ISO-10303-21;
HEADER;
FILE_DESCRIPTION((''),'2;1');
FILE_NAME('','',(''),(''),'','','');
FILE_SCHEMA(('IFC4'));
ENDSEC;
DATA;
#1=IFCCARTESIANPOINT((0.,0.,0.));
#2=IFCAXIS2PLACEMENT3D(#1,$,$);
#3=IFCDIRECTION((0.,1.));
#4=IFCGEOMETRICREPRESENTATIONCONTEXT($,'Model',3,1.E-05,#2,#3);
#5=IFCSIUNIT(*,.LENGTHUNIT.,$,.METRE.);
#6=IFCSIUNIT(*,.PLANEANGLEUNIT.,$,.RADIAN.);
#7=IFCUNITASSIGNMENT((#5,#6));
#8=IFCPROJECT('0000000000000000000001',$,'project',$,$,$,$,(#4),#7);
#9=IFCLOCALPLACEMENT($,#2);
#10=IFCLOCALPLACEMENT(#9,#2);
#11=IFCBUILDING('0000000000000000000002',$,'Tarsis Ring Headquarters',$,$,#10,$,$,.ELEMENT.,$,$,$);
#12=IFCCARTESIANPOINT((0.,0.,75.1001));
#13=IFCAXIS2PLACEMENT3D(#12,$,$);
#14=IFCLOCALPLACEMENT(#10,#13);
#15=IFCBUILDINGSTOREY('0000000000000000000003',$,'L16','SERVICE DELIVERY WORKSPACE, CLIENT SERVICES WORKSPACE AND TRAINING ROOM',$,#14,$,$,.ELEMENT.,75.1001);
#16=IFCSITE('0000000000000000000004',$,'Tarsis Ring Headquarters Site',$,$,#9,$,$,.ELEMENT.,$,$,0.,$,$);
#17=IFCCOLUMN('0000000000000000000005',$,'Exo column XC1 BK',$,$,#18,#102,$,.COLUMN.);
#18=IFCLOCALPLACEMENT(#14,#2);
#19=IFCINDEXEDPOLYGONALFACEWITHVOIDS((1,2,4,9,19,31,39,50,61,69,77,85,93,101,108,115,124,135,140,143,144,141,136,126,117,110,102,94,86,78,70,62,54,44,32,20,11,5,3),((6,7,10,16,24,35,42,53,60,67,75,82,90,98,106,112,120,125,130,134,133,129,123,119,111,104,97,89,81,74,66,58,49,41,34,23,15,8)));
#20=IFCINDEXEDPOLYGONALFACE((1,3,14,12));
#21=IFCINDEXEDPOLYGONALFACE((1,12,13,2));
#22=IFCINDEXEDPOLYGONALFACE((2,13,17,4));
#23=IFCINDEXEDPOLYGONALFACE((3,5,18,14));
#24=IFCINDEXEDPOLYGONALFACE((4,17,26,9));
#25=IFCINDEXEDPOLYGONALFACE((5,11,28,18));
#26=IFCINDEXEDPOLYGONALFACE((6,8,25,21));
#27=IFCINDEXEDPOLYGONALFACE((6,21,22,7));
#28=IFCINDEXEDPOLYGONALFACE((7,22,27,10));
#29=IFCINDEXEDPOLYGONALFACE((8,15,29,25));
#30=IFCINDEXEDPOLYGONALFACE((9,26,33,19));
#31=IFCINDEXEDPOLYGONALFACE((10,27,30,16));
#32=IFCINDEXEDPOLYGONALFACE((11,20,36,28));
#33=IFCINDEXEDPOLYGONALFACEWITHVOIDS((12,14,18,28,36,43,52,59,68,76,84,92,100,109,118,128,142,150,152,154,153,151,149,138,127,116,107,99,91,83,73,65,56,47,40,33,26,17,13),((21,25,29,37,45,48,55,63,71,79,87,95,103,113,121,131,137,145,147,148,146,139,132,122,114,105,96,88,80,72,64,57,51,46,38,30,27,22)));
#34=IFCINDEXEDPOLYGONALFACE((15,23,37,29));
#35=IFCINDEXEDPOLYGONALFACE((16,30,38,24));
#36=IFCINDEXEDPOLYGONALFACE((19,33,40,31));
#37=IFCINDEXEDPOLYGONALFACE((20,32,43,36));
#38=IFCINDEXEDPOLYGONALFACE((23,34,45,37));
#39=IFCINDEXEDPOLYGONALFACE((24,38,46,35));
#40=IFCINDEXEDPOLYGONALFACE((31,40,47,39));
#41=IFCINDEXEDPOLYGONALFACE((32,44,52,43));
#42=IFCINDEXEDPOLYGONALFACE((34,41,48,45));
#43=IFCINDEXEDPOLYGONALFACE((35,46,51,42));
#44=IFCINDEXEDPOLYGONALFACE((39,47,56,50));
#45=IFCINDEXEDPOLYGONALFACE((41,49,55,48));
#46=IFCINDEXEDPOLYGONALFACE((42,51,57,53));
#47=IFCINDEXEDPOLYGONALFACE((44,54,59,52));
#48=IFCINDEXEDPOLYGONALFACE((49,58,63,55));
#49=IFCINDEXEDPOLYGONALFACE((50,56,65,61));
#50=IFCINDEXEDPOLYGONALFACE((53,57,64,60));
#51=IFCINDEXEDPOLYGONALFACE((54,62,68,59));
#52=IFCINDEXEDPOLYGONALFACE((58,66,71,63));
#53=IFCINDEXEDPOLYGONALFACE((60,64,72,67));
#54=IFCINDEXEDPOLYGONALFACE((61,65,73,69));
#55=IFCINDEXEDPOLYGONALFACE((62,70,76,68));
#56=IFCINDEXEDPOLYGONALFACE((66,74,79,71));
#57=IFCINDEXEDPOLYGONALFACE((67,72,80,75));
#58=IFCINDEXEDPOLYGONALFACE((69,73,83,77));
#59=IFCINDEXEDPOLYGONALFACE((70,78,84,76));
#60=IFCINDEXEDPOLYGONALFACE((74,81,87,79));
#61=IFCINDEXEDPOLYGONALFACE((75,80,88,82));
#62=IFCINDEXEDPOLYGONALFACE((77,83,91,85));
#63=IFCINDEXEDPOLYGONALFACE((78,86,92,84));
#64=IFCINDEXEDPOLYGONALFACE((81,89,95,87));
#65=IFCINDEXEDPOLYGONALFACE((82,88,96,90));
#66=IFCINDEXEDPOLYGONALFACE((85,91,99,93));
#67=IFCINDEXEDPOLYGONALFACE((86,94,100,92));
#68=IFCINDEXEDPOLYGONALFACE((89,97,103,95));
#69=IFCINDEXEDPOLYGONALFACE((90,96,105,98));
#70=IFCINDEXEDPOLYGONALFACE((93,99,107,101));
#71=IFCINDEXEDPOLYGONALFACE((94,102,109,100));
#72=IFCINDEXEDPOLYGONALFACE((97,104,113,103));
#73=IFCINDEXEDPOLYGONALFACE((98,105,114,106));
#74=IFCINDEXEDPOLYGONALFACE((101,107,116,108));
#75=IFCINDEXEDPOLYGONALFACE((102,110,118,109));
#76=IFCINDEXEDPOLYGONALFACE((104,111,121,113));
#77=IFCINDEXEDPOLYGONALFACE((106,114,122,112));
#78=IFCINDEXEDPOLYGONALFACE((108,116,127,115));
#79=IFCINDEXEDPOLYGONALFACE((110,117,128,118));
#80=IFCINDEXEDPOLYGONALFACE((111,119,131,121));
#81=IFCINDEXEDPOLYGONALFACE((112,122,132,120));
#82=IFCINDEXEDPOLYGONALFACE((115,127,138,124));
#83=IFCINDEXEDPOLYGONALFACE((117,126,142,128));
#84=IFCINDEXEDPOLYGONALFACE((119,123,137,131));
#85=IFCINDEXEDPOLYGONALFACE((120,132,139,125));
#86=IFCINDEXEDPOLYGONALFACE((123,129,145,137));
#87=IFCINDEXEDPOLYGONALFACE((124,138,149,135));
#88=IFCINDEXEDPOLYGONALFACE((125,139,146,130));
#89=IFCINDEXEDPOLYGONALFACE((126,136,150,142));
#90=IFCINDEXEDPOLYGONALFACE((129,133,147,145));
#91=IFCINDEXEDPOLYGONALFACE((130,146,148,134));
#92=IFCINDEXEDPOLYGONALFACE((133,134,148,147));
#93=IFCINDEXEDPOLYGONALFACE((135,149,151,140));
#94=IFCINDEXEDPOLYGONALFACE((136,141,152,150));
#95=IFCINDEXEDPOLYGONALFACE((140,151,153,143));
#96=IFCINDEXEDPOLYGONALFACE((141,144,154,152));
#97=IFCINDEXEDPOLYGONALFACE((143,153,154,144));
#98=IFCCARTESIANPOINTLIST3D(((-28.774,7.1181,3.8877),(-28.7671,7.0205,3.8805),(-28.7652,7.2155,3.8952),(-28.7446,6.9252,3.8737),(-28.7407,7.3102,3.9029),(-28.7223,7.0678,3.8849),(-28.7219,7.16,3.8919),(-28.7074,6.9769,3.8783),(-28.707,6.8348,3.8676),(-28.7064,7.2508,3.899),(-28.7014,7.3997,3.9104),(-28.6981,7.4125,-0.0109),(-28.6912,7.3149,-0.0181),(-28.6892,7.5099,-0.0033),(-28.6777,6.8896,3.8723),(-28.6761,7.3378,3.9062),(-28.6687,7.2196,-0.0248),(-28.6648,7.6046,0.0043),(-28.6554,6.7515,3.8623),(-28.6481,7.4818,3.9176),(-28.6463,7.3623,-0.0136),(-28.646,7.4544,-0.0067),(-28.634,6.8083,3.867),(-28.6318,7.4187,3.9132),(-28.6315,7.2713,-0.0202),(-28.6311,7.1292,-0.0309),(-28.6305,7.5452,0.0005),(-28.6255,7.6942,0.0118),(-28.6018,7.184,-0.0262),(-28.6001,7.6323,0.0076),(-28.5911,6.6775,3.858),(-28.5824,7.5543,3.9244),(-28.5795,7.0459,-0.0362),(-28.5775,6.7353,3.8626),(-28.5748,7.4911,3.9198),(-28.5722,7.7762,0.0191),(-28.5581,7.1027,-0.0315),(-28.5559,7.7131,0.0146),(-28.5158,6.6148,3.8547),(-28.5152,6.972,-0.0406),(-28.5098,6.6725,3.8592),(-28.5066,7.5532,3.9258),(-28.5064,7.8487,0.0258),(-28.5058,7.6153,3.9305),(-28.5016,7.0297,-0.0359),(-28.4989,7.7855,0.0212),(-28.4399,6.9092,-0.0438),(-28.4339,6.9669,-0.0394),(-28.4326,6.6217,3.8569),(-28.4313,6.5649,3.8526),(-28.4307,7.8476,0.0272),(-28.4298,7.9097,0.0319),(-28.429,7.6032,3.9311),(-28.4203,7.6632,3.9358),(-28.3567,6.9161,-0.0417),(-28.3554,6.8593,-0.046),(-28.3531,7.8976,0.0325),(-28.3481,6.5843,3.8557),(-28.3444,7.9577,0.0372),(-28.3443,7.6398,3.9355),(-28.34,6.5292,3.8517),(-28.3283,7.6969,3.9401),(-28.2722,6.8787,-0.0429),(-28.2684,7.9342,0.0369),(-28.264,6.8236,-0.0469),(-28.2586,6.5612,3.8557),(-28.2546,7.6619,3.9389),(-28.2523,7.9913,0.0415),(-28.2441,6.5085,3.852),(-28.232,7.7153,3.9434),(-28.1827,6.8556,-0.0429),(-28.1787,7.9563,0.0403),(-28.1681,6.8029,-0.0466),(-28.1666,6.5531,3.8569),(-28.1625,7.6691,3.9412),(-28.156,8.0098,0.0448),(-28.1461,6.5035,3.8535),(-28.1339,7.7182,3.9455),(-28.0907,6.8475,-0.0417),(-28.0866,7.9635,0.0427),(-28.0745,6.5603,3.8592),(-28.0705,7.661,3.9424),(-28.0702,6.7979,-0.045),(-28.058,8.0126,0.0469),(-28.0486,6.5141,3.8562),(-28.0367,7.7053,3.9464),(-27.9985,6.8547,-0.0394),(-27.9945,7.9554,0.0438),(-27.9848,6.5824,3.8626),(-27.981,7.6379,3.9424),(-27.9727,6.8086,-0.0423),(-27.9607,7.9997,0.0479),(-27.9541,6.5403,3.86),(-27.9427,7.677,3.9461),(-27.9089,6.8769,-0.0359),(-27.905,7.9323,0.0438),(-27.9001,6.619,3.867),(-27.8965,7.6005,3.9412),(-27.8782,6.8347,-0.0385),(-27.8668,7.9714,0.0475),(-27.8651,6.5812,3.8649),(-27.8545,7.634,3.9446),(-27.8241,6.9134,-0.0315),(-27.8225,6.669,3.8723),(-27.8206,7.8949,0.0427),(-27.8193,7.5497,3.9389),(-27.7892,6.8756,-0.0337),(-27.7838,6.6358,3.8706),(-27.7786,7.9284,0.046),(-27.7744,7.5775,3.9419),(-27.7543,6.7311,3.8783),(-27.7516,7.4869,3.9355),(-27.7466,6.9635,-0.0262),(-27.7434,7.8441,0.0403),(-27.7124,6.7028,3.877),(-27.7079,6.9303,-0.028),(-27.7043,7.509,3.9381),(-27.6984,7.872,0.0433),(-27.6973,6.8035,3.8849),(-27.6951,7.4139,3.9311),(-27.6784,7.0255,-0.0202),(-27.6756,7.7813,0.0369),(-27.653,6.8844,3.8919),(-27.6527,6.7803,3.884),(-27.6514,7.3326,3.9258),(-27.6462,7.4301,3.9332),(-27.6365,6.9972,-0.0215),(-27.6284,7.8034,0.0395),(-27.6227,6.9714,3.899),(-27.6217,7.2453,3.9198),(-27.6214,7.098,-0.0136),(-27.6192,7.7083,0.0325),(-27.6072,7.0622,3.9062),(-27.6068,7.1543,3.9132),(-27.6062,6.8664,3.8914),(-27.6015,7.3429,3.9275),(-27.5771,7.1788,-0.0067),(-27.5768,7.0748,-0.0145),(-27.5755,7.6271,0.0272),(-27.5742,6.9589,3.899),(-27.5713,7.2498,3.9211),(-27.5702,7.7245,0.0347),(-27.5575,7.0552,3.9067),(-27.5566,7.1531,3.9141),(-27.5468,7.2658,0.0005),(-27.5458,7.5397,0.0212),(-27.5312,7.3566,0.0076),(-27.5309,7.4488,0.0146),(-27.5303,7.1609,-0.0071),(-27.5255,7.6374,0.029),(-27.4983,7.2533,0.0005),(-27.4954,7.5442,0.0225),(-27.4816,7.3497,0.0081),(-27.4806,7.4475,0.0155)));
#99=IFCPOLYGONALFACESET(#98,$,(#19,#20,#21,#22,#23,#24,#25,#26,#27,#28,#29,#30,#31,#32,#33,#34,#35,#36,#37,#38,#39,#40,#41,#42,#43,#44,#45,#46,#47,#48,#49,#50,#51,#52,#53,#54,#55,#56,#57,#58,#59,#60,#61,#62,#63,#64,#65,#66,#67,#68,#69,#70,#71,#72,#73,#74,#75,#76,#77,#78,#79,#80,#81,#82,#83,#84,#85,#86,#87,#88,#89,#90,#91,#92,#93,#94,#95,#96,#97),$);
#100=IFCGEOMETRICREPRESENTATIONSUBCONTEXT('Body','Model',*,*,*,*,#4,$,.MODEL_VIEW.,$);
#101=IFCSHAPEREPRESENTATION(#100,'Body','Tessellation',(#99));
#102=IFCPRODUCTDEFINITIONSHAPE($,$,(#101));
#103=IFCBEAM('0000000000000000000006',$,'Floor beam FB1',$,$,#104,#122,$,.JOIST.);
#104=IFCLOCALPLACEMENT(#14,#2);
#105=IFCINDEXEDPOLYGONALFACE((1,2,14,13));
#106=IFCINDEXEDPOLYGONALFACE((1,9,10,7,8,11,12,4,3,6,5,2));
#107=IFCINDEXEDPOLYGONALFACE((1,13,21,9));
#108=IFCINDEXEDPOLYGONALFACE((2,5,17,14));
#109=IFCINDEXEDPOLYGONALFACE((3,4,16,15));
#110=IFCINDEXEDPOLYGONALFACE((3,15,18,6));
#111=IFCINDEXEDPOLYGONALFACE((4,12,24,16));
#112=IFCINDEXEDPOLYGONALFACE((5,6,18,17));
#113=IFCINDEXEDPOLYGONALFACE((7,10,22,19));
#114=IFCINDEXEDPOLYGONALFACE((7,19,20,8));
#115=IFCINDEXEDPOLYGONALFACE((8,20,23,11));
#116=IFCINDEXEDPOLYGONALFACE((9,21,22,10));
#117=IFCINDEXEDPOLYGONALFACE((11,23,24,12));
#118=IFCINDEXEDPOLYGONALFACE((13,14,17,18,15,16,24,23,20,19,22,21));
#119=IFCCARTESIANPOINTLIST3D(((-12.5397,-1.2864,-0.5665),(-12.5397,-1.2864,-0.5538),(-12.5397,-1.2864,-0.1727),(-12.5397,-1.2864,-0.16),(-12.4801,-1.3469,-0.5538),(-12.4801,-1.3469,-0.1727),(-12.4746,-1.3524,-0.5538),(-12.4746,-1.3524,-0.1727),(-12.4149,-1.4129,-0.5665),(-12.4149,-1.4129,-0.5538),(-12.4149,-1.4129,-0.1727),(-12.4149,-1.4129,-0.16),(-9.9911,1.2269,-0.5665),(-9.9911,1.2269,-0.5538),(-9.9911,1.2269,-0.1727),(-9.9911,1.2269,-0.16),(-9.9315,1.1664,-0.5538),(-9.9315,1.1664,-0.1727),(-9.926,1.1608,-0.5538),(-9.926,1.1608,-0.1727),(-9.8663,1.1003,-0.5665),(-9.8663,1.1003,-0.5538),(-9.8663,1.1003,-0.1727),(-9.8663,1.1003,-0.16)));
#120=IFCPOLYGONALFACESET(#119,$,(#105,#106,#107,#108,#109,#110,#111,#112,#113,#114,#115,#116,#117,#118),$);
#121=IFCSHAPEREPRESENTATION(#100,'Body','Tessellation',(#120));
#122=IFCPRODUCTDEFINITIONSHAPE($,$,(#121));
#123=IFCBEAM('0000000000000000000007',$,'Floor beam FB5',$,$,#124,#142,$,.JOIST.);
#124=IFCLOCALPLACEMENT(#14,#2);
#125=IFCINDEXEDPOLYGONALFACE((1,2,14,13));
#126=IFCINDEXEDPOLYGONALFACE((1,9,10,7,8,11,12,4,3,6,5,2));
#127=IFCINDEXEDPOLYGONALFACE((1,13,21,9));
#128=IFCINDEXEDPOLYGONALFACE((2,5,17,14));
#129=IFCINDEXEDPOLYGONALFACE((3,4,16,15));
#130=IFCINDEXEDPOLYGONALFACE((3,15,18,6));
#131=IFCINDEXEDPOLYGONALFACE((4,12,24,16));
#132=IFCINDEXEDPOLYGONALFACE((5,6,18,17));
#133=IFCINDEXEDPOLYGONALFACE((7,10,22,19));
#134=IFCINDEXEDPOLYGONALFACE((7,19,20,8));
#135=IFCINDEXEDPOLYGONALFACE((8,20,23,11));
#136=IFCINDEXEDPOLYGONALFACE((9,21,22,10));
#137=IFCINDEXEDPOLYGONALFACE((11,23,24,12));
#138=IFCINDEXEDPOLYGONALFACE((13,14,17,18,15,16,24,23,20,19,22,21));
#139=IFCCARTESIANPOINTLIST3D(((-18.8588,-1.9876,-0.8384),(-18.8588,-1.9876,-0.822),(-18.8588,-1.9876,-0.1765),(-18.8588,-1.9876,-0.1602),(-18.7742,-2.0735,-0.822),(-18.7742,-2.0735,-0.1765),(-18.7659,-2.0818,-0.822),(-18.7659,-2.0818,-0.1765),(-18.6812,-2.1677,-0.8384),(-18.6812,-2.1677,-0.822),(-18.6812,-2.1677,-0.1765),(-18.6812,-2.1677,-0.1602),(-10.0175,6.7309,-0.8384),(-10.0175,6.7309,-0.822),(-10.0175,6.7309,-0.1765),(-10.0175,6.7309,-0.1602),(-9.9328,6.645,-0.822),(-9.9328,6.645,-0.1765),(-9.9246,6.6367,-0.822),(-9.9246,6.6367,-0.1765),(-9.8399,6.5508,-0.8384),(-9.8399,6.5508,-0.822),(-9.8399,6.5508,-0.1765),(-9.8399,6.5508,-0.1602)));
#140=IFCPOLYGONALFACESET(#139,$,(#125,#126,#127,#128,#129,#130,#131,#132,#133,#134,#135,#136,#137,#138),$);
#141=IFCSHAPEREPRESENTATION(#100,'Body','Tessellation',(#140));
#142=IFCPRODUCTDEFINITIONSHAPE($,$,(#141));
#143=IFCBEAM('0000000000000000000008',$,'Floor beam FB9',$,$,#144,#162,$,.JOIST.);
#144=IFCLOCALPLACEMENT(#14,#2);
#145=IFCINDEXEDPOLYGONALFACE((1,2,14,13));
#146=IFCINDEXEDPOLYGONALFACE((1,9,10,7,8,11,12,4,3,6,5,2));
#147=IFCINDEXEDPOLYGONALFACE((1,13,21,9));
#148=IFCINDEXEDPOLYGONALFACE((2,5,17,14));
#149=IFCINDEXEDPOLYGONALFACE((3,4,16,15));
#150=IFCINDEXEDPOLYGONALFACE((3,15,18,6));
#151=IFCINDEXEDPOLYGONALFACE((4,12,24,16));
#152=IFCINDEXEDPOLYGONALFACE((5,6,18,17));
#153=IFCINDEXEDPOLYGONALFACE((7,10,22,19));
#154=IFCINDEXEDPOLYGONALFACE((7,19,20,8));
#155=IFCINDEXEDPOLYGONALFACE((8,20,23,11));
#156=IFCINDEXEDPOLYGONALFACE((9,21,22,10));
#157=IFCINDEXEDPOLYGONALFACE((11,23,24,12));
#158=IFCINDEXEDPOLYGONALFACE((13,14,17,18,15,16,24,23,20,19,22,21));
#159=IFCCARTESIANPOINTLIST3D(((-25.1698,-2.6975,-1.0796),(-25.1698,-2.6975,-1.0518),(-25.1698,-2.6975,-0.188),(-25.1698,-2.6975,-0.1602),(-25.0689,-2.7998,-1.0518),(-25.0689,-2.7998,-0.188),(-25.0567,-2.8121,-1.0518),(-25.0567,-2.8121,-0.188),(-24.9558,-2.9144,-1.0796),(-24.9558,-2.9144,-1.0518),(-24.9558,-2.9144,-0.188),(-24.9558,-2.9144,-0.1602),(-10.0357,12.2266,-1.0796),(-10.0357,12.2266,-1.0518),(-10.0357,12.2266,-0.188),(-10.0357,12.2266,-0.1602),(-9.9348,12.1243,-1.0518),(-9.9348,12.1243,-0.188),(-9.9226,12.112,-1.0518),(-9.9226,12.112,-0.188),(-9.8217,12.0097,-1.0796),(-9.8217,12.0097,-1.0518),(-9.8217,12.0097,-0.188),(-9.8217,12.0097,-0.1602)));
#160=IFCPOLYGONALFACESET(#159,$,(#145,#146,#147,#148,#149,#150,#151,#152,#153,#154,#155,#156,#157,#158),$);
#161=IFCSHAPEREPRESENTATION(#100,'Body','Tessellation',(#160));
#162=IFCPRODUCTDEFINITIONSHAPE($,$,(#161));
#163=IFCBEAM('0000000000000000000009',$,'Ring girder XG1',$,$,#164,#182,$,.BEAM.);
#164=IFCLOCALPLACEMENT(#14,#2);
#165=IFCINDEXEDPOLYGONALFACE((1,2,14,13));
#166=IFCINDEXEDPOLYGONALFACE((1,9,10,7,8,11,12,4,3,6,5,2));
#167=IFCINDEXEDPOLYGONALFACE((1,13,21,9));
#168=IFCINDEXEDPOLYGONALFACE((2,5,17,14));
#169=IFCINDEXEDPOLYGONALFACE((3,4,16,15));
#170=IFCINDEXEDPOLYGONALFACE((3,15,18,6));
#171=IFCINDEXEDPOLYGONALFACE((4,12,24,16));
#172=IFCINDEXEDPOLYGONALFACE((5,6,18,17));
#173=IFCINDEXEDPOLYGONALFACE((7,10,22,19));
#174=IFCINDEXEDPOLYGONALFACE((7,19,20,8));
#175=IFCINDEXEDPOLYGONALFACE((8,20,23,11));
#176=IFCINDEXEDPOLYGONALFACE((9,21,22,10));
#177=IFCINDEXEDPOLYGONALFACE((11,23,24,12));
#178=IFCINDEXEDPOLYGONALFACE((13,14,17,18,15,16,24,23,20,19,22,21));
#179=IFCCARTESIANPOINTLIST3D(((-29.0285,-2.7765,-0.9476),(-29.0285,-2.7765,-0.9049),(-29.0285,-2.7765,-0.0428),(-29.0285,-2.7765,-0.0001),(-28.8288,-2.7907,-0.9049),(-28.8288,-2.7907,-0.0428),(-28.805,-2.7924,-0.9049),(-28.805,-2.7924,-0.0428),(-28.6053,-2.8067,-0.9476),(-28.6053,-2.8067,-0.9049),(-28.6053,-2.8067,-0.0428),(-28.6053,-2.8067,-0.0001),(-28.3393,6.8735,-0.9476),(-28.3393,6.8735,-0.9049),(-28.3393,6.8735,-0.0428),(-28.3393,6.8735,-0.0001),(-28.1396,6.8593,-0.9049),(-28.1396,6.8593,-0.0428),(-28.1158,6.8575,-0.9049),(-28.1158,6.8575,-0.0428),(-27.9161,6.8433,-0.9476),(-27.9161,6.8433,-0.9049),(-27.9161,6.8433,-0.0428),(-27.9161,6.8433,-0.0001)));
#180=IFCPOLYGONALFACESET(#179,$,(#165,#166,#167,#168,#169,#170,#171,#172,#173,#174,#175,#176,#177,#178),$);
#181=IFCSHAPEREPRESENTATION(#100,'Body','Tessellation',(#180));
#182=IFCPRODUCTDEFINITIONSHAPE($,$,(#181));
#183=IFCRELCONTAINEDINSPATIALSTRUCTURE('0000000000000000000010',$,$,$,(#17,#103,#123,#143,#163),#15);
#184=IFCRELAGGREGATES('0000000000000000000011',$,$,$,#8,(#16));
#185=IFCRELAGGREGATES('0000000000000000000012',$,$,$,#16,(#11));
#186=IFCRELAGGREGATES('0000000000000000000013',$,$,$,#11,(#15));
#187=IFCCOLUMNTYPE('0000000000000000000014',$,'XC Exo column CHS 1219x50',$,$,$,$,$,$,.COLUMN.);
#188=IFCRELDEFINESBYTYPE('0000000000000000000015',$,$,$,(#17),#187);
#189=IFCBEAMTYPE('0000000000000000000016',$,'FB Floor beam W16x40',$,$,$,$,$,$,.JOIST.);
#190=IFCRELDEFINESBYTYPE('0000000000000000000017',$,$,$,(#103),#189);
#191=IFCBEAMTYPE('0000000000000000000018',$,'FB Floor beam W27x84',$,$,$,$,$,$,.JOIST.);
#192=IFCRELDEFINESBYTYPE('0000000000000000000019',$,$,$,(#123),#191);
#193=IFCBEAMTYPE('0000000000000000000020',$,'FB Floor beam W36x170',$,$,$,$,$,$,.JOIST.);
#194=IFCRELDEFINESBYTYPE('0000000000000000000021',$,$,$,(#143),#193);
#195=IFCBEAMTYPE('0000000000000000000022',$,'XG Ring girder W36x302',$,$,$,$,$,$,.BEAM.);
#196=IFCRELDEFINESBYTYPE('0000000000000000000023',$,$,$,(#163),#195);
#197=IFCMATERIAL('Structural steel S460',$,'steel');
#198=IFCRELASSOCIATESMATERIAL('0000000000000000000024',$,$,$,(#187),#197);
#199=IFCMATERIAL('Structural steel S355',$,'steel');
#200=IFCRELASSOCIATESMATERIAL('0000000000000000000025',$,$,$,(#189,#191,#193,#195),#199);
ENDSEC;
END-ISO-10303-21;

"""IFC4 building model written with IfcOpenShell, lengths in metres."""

from ifc_helpers import new_model, si_unit, direction, frame, origin, origin_2d, place, context, subcontext, project, spatial, hollow_circle, i_section, extrude, material, material_profile, profile_set, type_object, element, save


model = new_model("IFC4")

# Units and contexts
model_context = context("Model", 3, precision=1e-05, world=origin(), true_north=direction((0.0, 1.0)))
body_context = subcontext(model_context, "Body", "Model", "MODEL_VIEW")
ifc_project = project(units=[si_unit("LENGTHUNIT", "METRE"), si_unit("PLANEANGLEUNIT", "RADIAN")], contexts=[model_context])

# Site, building, storey
site_placement = place(None, origin())
site = spatial("IfcSite", under=ifc_project, at=site_placement, Name="Tarsis Ring Headquarters Site", CompositionType="ELEMENT", RefElevation=0.0)
building_placement = place(site_placement, origin())
building = spatial("IfcBuilding", under=site, at=building_placement, Name="Tarsis Ring Headquarters", CompositionType="ELEMENT")
storey_placement = place(building_placement, frame((0.0, 0.0, 75.1001)))
storey = spatial("IfcBuildingStorey", under=building, at=storey_placement, Name="L16", Description="SERVICE DELIVERY WORKSPACE, CLIENT SERVICES WORKSPACE AND TRAINING ROOM", CompositionType="ELEMENT", Elevation=75.1001)

# Column
ifc_material_1 = material(Name="Structural steel S460", Category="steel")
ifc_material_profile_1 = material_profile(ifc_material_1, hollow_circle(Radius=0.6096, WallThickness=0.05, at=origin_2d()), Name="CHS 1219x50")
ifc_profile_set_1 = profile_set([ifc_material_profile_1], Name="Structural steel S460")
column_type = type_object("IfcColumnType", Name="XC Exo column CHS 1219x50", PredefinedType="COLUMN", material=ifc_profile_set_1)
column_placement = place(storey_placement, frame((-28.0886, 7.4055, 0.0005), z_axis=(-0.019416, -0.075293, 0.996972), x_axis=(0.968321, -0.249708, 0.0)))
element("IfcColumn", 1, at=column_placement, inside=storey, type_object=column_type, Name="Exo column XC1 BK", PredefinedType="COLUMN", context=body_context, shape_type="SweptSolid", body=[
    extrude(hollow_circle(Radius=0.6096, WallThickness=0.05, at=origin_2d()), origin(), (0.0, 0.0, 1.0), 3.9104),
])

# Beams
ifc_material_2 = material(Name="Structural steel S355", Category="steel")
ifc_material_profile_2 = material_profile(ifc_material_2, i_section(OverallWidth=0.1777, OverallDepth=0.4065, WebThickness=0.0078, FlangeThickness=0.0127, at=origin_2d()), Name="W16x40")
ifc_profile_set_2 = profile_set([ifc_material_profile_2], Name="Structural steel S355")
beam_type_1 = type_object("IfcBeamType", Name="FB Floor beam W16x40", PredefinedType="JOIST", material=ifc_profile_set_2)
beam_1_placement = place(storey_placement, frame((-9.9287, 1.1636, -0.3633), z_axis=(-0.712035, -0.702144, 0.0), x_axis=(0.702144, -0.712035, 0.0)))
element("IfcBeam", 2, at=beam_1_placement, inside=storey, type_object=beam_type_1, Name="Floor beam FB1", PredefinedType="JOIST", context=body_context, shape_type="SweptSolid", body=[
    extrude(i_section(OverallWidth=0.1777, OverallDepth=0.4065, WebThickness=0.0078, FlangeThickness=0.0127, at=origin_2d()), origin(), (0.0, 0.0, 1.0), 3.5793),
])
ifc_material_profile_3 = material_profile(ifc_material_2, i_section(OverallWidth=0.2529, OverallDepth=0.6782, WebThickness=0.0117, FlangeThickness=0.0164, at=origin_2d()), Name="W27x84")
ifc_profile_set_3 = profile_set([ifc_material_profile_3], Name="Structural steel S355")
beam_type_2 = type_object("IfcBeamType", Name="FB Floor beam W27x84", PredefinedType="JOIST", material=ifc_profile_set_3)
beam_2_placement = place(storey_placement, frame((-9.9287, 6.6409, -0.4993), z_axis=(-0.712034, -0.702145, 0.0), x_axis=(0.702145, -0.712034, 0.0)))
element("IfcBeam", 3, at=beam_2_placement, inside=storey, type_object=beam_type_2, Name="Floor beam FB5", PredefinedType="JOIST", context=body_context, shape_type="SweptSolid", body=[
    extrude(i_section(OverallWidth=0.2529, OverallDepth=0.6782, WebThickness=0.0117, FlangeThickness=0.0164, at=origin_2d()), origin(), (0.0, 0.0, 1.0), 12.417),
])
ifc_material_profile_4 = material_profile(ifc_material_2, i_section(OverallWidth=0.3047, OverallDepth=0.9194, WebThickness=0.0173, FlangeThickness=0.0278, at=origin_2d()), Name="W36x170")
ifc_profile_set_4 = profile_set([ifc_material_profile_4], Name="Structural steel S355")
beam_type_3 = type_object("IfcBeamType", Name="FB Floor beam W36x170", PredefinedType="JOIST", material=ifc_profile_set_4)
beam_3_placement = place(storey_placement, frame((-9.9287, 12.1182, -0.6199), z_axis=(-0.712029, -0.70215, 0.0), x_axis=(0.70215, -0.712029, 0.0)))
element("IfcBeam", 4, at=beam_3_placement, inside=storey, type_object=beam_type_3, Name="Floor beam FB9", PredefinedType="JOIST", context=body_context, shape_type="SweptSolid", body=[
    extrude(i_section(OverallWidth=0.3047, OverallDepth=0.9194, WebThickness=0.0173, FlangeThickness=0.0278, at=origin_2d()), origin(), (0.0, 0.0, 1.0), 21.2549),
])
ifc_material_profile_5 = material_profile(ifc_material_2, i_section(OverallWidth=0.4243, OverallDepth=0.9475, WebThickness=0.0239, FlangeThickness=0.0427, at=origin_2d()), Name="W36x302")
ifc_profile_set_5 = profile_set([ifc_material_profile_5], Name="Structural steel S355")
beam_type_4 = type_object("IfcBeamType", Name="XG Ring girder W36x302", PredefinedType="BEAM", material=ifc_profile_set_5)
beam_4_placement = place(storey_placement, frame((-28.1277, 6.8584, -0.4739), z_axis=(-0.07124, -0.997459, 0.0), x_axis=(0.997459, -0.07124, 0.0)))
element("IfcBeam", 5, at=beam_4_placement, inside=storey, type_object=beam_type_4, Name="Ring girder XG1", PredefinedType="BEAM", context=body_context, shape_type="SweptSolid", body=[
    extrude(i_section(OverallWidth=0.4243, OverallDepth=0.9475, WebThickness=0.0239, FlangeThickness=0.0427, at=origin_2d()), origin(), (0.0, 0.0, 1.0), 9.6746),
])

save(model, "model.ifc")
